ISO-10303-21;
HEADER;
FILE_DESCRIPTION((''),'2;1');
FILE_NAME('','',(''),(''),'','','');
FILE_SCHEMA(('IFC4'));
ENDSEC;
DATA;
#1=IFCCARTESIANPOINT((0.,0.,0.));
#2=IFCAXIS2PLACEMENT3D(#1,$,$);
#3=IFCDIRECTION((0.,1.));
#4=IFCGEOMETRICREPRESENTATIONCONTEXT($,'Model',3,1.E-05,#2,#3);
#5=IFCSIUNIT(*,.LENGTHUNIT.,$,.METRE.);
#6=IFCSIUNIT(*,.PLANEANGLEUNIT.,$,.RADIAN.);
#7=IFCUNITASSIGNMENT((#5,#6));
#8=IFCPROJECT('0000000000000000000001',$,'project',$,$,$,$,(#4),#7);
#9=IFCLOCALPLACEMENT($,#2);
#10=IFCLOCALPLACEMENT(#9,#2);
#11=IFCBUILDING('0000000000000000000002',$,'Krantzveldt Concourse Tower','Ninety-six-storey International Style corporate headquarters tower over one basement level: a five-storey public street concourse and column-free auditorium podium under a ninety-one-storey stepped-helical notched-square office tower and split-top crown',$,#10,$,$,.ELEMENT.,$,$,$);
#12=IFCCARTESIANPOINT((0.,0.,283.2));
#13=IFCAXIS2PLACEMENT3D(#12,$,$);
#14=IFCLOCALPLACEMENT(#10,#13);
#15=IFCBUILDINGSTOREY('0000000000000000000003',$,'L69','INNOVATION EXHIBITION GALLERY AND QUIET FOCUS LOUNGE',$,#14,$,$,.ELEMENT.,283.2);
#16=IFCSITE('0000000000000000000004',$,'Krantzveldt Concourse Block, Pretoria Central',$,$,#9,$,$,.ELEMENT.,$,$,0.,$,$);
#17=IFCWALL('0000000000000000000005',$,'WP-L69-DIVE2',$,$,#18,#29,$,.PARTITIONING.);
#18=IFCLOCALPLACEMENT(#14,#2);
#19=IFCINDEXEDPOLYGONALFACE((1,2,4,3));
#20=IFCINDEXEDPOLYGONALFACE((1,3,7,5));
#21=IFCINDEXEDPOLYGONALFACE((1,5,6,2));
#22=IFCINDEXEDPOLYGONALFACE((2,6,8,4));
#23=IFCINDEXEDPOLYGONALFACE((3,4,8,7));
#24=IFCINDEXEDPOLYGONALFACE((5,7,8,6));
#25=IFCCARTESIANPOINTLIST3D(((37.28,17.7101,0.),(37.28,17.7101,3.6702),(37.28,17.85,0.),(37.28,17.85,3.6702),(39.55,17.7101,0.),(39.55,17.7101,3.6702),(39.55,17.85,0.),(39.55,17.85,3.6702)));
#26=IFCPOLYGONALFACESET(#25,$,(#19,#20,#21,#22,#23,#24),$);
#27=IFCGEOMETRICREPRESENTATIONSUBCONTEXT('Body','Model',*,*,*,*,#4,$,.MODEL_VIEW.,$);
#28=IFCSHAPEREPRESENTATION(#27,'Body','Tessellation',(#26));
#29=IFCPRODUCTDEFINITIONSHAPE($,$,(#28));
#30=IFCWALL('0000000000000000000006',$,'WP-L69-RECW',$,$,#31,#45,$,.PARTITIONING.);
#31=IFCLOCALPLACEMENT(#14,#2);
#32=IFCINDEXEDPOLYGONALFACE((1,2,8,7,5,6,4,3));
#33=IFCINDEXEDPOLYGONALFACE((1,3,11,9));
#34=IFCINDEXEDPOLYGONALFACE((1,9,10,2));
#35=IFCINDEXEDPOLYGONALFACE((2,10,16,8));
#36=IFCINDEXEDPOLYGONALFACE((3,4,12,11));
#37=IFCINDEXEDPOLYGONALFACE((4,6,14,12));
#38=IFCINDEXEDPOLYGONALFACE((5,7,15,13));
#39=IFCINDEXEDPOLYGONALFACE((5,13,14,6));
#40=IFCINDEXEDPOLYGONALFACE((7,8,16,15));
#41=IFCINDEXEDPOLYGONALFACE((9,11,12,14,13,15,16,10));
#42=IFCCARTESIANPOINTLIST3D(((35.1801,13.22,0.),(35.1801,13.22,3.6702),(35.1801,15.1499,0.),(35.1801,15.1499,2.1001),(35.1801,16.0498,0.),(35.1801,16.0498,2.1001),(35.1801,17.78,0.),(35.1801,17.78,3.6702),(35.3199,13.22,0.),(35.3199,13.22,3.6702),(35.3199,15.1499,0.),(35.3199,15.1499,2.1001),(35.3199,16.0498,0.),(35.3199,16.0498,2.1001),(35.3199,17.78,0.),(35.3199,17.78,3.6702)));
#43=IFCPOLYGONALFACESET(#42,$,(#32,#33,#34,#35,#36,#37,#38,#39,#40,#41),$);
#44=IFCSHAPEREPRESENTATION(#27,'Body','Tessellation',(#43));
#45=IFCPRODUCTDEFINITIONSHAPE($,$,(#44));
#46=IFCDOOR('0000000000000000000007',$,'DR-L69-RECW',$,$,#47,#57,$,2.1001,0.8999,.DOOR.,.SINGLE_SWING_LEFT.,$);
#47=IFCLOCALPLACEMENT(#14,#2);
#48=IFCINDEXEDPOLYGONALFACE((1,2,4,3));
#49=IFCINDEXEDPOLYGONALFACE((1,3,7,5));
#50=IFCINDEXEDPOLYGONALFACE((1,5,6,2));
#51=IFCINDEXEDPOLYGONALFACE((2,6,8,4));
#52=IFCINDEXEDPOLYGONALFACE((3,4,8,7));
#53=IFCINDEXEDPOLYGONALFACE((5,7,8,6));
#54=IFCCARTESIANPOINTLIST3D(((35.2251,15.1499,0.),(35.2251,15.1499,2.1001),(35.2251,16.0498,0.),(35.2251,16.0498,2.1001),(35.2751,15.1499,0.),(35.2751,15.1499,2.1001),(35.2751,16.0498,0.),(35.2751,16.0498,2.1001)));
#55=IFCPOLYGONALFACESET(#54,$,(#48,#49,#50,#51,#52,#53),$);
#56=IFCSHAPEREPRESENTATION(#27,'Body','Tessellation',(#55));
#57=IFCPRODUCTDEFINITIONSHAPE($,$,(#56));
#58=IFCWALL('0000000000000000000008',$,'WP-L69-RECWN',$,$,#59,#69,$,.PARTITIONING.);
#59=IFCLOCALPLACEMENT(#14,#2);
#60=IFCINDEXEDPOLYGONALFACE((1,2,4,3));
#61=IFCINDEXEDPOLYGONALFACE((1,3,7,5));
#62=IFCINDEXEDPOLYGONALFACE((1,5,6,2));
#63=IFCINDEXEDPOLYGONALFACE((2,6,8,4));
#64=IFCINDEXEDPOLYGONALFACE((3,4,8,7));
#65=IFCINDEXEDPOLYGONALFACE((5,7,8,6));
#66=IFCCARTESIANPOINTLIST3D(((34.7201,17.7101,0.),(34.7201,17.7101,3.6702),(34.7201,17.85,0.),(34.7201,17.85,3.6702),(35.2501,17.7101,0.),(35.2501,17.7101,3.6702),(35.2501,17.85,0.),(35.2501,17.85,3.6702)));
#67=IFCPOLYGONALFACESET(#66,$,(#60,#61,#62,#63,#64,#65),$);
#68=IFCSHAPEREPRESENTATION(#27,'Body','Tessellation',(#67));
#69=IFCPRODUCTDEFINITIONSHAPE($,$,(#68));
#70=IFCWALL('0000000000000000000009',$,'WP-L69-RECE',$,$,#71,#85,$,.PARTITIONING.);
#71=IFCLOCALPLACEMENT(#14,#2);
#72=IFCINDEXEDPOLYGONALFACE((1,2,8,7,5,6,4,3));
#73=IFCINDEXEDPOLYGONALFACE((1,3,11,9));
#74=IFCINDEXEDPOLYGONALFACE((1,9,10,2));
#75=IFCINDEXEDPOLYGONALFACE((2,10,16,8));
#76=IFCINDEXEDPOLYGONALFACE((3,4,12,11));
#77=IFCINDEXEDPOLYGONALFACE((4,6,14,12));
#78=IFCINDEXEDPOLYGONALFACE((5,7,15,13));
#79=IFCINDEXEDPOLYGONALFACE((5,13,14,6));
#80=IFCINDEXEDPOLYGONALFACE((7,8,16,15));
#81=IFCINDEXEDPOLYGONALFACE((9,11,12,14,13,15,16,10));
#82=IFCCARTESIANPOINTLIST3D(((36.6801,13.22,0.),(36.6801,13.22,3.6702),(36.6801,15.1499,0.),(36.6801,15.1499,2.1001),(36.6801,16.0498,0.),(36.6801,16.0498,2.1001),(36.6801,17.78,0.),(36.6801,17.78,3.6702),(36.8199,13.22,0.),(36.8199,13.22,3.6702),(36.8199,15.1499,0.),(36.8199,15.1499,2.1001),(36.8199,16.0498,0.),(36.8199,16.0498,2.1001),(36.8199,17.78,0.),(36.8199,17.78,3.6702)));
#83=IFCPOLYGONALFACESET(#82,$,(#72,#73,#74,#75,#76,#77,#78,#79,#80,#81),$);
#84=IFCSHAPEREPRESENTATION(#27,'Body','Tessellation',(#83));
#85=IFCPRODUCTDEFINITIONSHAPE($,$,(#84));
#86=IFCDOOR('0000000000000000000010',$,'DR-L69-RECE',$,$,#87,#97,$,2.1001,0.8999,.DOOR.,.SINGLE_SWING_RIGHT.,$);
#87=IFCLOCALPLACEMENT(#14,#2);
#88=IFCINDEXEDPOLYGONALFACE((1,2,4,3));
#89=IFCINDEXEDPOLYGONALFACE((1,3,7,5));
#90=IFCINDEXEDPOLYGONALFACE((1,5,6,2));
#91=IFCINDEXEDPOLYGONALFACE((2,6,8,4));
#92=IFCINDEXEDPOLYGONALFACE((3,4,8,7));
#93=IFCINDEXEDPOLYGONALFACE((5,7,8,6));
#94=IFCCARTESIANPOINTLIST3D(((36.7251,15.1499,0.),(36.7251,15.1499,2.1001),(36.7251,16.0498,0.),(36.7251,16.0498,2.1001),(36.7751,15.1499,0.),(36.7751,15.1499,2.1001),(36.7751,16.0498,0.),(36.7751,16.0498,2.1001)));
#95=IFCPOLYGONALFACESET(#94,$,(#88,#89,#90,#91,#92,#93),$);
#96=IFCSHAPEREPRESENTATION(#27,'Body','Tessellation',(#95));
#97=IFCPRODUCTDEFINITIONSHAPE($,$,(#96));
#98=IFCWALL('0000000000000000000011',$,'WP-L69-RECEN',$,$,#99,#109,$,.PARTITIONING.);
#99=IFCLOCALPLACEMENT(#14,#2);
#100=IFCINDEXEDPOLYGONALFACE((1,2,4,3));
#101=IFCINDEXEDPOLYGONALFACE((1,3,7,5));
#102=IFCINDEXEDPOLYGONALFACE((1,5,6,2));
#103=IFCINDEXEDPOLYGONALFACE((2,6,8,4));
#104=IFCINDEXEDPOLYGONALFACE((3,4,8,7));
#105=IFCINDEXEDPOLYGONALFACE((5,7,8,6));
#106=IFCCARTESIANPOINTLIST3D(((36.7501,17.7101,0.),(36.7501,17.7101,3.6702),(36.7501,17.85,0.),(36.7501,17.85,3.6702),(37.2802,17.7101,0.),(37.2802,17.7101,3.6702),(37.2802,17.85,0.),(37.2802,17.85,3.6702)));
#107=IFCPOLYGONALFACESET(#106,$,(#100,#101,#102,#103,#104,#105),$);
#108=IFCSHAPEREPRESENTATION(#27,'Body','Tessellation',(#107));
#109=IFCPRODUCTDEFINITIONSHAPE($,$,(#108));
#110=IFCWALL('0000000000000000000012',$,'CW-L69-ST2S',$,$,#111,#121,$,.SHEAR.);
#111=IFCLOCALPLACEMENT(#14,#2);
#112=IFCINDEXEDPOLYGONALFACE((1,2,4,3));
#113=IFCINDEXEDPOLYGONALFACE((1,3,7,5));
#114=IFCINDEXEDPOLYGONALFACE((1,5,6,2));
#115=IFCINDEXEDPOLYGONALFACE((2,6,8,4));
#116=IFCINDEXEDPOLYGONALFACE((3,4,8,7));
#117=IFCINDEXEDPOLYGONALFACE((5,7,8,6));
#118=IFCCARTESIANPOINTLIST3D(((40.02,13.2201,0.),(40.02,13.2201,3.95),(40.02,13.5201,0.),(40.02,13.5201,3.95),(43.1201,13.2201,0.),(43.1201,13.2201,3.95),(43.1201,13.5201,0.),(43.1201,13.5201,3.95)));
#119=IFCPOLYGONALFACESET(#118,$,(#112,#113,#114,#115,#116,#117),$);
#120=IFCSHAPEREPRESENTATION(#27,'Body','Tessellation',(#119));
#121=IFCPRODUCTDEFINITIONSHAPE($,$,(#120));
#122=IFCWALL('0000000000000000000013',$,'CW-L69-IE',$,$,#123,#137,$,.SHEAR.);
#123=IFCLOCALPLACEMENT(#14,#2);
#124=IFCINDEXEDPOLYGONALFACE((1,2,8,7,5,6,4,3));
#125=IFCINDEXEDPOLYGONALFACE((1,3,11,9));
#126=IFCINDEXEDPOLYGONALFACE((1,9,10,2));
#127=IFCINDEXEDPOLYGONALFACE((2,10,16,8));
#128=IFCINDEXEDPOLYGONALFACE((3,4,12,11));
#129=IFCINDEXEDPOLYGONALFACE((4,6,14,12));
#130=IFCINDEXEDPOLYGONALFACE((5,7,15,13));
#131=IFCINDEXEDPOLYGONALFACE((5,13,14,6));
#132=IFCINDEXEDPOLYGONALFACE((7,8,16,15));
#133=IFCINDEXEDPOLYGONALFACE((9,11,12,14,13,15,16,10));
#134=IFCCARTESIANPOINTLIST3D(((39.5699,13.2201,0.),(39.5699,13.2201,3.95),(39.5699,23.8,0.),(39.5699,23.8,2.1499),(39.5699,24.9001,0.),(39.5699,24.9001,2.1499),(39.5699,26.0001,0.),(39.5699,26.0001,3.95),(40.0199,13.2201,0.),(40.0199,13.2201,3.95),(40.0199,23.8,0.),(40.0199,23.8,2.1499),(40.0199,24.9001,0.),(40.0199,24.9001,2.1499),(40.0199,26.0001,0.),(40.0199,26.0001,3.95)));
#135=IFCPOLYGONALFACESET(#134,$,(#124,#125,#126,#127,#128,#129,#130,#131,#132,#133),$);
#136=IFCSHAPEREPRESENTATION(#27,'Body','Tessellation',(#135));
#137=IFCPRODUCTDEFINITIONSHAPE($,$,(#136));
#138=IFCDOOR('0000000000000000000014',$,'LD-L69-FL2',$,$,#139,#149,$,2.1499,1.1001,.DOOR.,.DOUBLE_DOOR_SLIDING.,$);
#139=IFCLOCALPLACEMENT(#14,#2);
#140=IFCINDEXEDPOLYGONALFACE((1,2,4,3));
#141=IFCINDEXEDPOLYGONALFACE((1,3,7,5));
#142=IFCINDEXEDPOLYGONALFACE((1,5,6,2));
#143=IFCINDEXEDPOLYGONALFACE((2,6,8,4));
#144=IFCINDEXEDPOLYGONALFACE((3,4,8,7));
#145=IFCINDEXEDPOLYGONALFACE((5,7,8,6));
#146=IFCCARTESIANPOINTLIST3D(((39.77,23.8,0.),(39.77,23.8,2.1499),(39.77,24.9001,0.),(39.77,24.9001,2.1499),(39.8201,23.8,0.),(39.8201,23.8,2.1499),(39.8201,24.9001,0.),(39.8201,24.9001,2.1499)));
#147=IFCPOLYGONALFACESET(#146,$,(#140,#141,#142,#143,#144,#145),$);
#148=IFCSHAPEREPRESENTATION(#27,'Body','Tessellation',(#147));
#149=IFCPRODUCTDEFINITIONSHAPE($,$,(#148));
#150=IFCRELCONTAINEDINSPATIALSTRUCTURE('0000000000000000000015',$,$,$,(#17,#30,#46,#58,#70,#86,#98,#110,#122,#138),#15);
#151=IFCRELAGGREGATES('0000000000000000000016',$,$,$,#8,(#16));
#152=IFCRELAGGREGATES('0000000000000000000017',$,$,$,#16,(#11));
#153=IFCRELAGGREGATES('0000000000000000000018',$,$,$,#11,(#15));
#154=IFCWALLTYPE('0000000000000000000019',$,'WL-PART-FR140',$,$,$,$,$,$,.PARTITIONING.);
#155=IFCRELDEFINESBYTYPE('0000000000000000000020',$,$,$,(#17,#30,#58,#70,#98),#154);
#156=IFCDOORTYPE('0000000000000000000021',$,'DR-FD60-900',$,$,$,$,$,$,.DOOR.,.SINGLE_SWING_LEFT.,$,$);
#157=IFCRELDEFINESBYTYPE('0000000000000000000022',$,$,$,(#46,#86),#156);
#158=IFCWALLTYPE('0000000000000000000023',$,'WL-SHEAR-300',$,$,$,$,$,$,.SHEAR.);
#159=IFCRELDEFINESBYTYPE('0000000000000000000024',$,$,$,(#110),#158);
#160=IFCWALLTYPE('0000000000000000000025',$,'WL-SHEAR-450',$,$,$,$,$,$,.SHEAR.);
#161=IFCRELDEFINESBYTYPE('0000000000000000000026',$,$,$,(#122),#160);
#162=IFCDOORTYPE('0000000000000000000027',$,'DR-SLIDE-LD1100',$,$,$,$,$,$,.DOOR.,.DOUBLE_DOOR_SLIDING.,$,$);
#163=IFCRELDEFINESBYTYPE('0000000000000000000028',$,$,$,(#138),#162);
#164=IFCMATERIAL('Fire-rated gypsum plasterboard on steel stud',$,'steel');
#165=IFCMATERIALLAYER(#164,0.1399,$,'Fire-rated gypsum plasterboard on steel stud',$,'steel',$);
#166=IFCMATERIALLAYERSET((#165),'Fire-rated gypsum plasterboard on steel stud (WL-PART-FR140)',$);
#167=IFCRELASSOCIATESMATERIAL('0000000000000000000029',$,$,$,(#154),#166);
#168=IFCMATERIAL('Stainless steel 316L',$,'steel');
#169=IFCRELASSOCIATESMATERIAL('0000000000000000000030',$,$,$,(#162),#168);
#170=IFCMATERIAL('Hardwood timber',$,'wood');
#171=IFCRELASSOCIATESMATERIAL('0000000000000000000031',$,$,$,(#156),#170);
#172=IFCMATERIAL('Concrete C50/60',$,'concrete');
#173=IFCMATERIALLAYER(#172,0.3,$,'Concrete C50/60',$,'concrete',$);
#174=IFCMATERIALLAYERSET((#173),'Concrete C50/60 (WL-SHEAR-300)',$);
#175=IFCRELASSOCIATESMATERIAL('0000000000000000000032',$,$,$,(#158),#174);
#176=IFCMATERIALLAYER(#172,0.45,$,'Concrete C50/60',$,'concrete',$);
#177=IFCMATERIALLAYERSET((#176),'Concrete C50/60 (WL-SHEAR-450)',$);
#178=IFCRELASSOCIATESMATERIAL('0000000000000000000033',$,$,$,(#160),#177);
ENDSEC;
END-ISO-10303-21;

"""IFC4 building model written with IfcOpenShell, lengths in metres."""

from ifc_helpers import new_model, si_unit, direction, frame, frame_2d, origin, place, context, subcontext, project, spatial, rectangle, extrude, material, layer, layer_set, type_object, element, fill, save


model = new_model("IFC4")

# Units and contexts
model_context = context("Model", 3, precision=1e-05, world=origin(), true_north=direction((0.0, 1.0)))
body_context = subcontext(model_context, "Body", "Model", "MODEL_VIEW")
ifc_project = project(units=[si_unit("LENGTHUNIT", "METRE"), si_unit("PLANEANGLEUNIT", "RADIAN")], contexts=[model_context])

# Site, building, storey
site_placement = place(None, origin())
site = spatial("IfcSite", under=ifc_project, at=site_placement, Name="Krantzveldt Concourse Block, Pretoria Central", CompositionType="ELEMENT", RefElevation=0.0)
building_placement = place(site_placement, origin())
building = spatial("IfcBuilding", under=site, at=building_placement, Name="Krantzveldt Concourse Tower", Description="Ninety-six-storey International Style corporate headquarters tower over one basement level: a five-storey public street concourse and column-free auditorium podium under a ninety-one-storey stepped-helical notched-square office tower and split-top crown", CompositionType="ELEMENT")
storey_placement = place(building_placement, frame((0.0, 0.0, 283.2)))
storey = spatial("IfcBuildingStorey", under=building, at=storey_placement, Name="L69", Description="INNOVATION EXHIBITION GALLERY AND QUIET FOCUS LOUNGE", CompositionType="ELEMENT", Elevation=283.2)

# Shared definitions
ifc_material_1 = material(Name="Fire-rated gypsum plasterboard on steel stud", Category="steel")

# Shared definitions
ifc_layer_1 = layer(ifc_material_1, 0.1399, Name="Fire-rated gypsum plasterboard on steel stud", Category="steel")
ifc_layer_set_1 = layer_set([ifc_layer_1], Name="Fire-rated gypsum plasterboard on steel stud (WL-PART-FR140)")
wall_type_1 = type_object("IfcWallType", Name="WL-PART-FR140", PredefinedType="PARTITIONING", material=ifc_layer_set_1)
ifc_material_2 = material(Name="Stainless steel 316L", Category="steel")
door_type_1 = type_object("IfcDoorType", Name="DR-SLIDE-LD1100", OperationType="DOUBLE_DOOR_SLIDING", PredefinedType="DOOR", material=ifc_material_2)

# Wall
wall_1_placement = place(storey_placement, frame((37.28, 17.78, 0.0), z_axis=(0.0, 0.0, 1.0), x_axis=(1.0, 0.0, 0.0)))
element("IfcWall", 1, at=wall_1_placement, inside=storey, type_object=wall_type_1, Name="WP-L69-DIVE2", PredefinedType="PARTITIONING", context=body_context, shape_type="SweptSolid", body=[
    extrude(rectangle(XDim=2.27, YDim=0.1399, at=frame_2d((1.135, 0.0))), origin(), (0.0, 0.0, 1.0), 3.6702),
])

# Wall, opening, door
wall_2_placement = place(storey_placement, frame((35.25, 13.22, 0.0), z_axis=(0.0, 0.0, 1.0), x_axis=(0.0, 1.0, 0.0)))
wall_2 = element("IfcWall", 2, at=wall_2_placement, inside=storey, type_object=wall_type_1, Name="WP-L69-RECW", PredefinedType="PARTITIONING", context=body_context, shape_type="SweptSolid", body=[
    extrude(rectangle(XDim=4.5601, YDim=0.1399, at=frame_2d((2.28, 0.0))), origin(), (0.0, 0.0, 1.0), 3.6702),
])
opening_1_placement = place(wall_2_placement, frame((1.9299, 0.0, 0.0)))
opening_1 = element("IfcOpeningElement", 3, at=opening_1_placement, cuts=wall_2, PredefinedType="OPENING", context=body_context, shape_type="SweptSolid", body=[
    extrude(rectangle(XDim=0.8999, YDim=2.1001, at=frame_2d((0.45, 1.05))), frame((0.0, 0.0801, 0.0), z_axis=(0.0, -1.0, 0.0), x_axis=(1.0, 0.0, 0.0)), (0.0, 0.0, 1.0), 0.1599),
])
ifc_material_3 = material(Name="Hardwood timber", Category="wood")
door_type_2 = type_object("IfcDoorType", Name="DR-FD60-900", OperationType="SINGLE_SWING_LEFT", PredefinedType="DOOR", material=ifc_material_3)
door_1_placement = place(opening_1_placement, origin())
door_1 = element("IfcDoor", 4, at=door_1_placement, inside=storey, type_object=door_type_2, Name="DR-L69-RECW", OperationType="SINGLE_SWING_LEFT", OverallHeight=2.1001, OverallWidth=0.8999, PredefinedType="DOOR", context=body_context, shape_type="SweptSolid", body=[
    extrude(rectangle(XDim=0.8999, YDim=2.1001, at=frame_2d((0.45, 1.05))), frame((0.0, 0.0249, 0.0), z_axis=(0.0, -1.0, 0.0), x_axis=(1.0, 0.0, 0.0)), (0.0, 0.0, 1.0), 0.05),
])
fill(opening_1, door_1)

# Wall
wall_3_placement = place(storey_placement, frame((34.72, 17.78, 0.0), z_axis=(0.0, 0.0, 1.0), x_axis=(1.0, 0.0, 0.0)))
element("IfcWall", 5, at=wall_3_placement, inside=storey, type_object=wall_type_1, Name="WP-L69-RECWN", PredefinedType="PARTITIONING", context=body_context, shape_type="SweptSolid", body=[
    extrude(rectangle(XDim=0.53, YDim=0.1399, at=frame_2d((0.2651, 0.0))), origin(), (0.0, 0.0, 1.0), 3.6702),
])

# Wall, opening, door
wall_4_placement = place(storey_placement, frame((36.75, 13.22, 0.0), z_axis=(0.0, 0.0, 1.0), x_axis=(0.0, 1.0, 0.0)))
wall_4 = element("IfcWall", 6, at=wall_4_placement, inside=storey, type_object=wall_type_1, Name="WP-L69-RECE", PredefinedType="PARTITIONING", context=body_context, shape_type="SweptSolid", body=[
    extrude(rectangle(XDim=4.5601, YDim=0.1399, at=frame_2d((2.28, 0.0))), origin(), (0.0, 0.0, 1.0), 3.6702),
])
opening_2_placement = place(wall_4_placement, frame((1.9299, 0.0, 0.0)))
opening_2 = element("IfcOpeningElement", 7, at=opening_2_placement, cuts=wall_4, PredefinedType="OPENING", context=body_context, shape_type="SweptSolid", body=[
    extrude(rectangle(XDim=0.8999, YDim=2.1001, at=frame_2d((0.45, 1.05))), frame((0.0, 0.0801, 0.0), z_axis=(0.0, -1.0, 0.0), x_axis=(1.0, 0.0, 0.0)), (0.0, 0.0, 1.0), 0.1599),
])
door_2_placement = place(opening_2_placement, origin())
door_2 = element("IfcDoor", 8, at=door_2_placement, inside=storey, type_object=door_type_2, Name="DR-L69-RECE", OperationType="SINGLE_SWING_RIGHT", OverallHeight=2.1001, OverallWidth=0.8999, PredefinedType="DOOR", context=body_context, shape_type="SweptSolid", body=[
    extrude(rectangle(XDim=0.8999, YDim=2.1001, at=frame_2d((0.45, 1.05))), frame((0.0, 0.0249, 0.0), z_axis=(0.0, -1.0, 0.0), x_axis=(1.0, 0.0, 0.0)), (0.0, 0.0, 1.0), 0.05),
])
fill(opening_2, door_2)

# Walls
wall_5_placement = place(storey_placement, frame((36.75, 17.78, 0.0), z_axis=(0.0, 0.0, 1.0), x_axis=(1.0, 0.0, 0.0)))
element("IfcWall", 9, at=wall_5_placement, inside=storey, type_object=wall_type_1, Name="WP-L69-RECEN", PredefinedType="PARTITIONING", context=body_context, shape_type="SweptSolid", body=[
    extrude(rectangle(XDim=0.53, YDim=0.1399, at=frame_2d((0.2651, 0.0))), origin(), (0.0, 0.0, 1.0), 3.6702),
])
ifc_material_4 = material(Name="Concrete C50/60", Category="concrete")
ifc_layer_2 = layer(ifc_material_4, 0.3, Name="Concrete C50/60", Category="concrete")
ifc_layer_set_2 = layer_set([ifc_layer_2], Name="Concrete C50/60 (WL-SHEAR-300)")
wall_type_2 = type_object("IfcWallType", Name="WL-SHEAR-300", PredefinedType="SHEAR", material=ifc_layer_set_2)
wall_6_placement = place(storey_placement, frame((40.02, 13.3701, 0.0), z_axis=(0.0, 0.0, 1.0), x_axis=(1.0, 0.0, 0.0)))
element("IfcWall", 10, at=wall_6_placement, inside=storey, type_object=wall_type_2, Name="CW-L69-ST2S", PredefinedType="SHEAR", context=body_context, shape_type="SweptSolid", body=[
    extrude(rectangle(XDim=3.1001, YDim=0.3, at=frame_2d((1.55, 0.0))), origin(), (0.0, 0.0, 1.0), 3.95),
])

# Wall, opening, door
ifc_layer_3 = layer(ifc_material_4, 0.45, Name="Concrete C50/60", Category="concrete")
ifc_layer_set_3 = layer_set([ifc_layer_3], Name="Concrete C50/60 (WL-SHEAR-450)")
wall_type_3 = type_object("IfcWallType", Name="WL-SHEAR-450", PredefinedType="SHEAR", material=ifc_layer_set_3)
wall_7_placement = place(storey_placement, frame((39.7949, 13.22, 0.0), z_axis=(0.0, 0.0, 1.0), x_axis=(0.0, 1.0, 0.0)))
wall_7 = element("IfcWall", 11, at=wall_7_placement, inside=storey, type_object=wall_type_3, Name="CW-L69-IE", PredefinedType="SHEAR", context=body_context, shape_type="SweptSolid", body=[
    extrude(rectangle(XDim=12.78, YDim=0.45, at=frame_2d((6.3901, 0.0))), origin(), (0.0, 0.0, 1.0), 3.95),
])
opening_3_placement = place(wall_7_placement, frame((10.5801, 0.0, 0.0)))
opening_3 = element("IfcOpeningElement", 12, at=opening_3_placement, cuts=wall_7, PredefinedType="OPENING", context=body_context, shape_type="SweptSolid", body=[
    extrude(rectangle(XDim=1.1001, YDim=2.1499, at=frame_2d((0.55, 1.075))), frame((0.0, 0.2349, 0.0), z_axis=(0.0, -1.0, 0.0), x_axis=(1.0, 0.0, 0.0)), (0.0, 0.0, 1.0), 0.47),
])
door_3_placement = place(opening_3_placement, origin())
door_3 = element("IfcDoor", 13, at=door_3_placement, inside=storey, type_object=door_type_1, Name="LD-L69-FL2", OperationType="DOUBLE_DOOR_SLIDING", OverallHeight=2.1499, OverallWidth=1.1001, PredefinedType="DOOR", context=body_context, shape_type="SweptSolid", body=[
    extrude(rectangle(XDim=1.1001, YDim=2.1499, at=frame_2d((0.55, 1.075))), frame((0.0, 0.0249, 0.0), z_axis=(0.0, -1.0, 0.0), x_axis=(1.0, 0.0, 0.0)), (0.0, 0.0, 1.0), 0.05),
])
fill(opening_3, door_3)

save(model, "model.ifc")
